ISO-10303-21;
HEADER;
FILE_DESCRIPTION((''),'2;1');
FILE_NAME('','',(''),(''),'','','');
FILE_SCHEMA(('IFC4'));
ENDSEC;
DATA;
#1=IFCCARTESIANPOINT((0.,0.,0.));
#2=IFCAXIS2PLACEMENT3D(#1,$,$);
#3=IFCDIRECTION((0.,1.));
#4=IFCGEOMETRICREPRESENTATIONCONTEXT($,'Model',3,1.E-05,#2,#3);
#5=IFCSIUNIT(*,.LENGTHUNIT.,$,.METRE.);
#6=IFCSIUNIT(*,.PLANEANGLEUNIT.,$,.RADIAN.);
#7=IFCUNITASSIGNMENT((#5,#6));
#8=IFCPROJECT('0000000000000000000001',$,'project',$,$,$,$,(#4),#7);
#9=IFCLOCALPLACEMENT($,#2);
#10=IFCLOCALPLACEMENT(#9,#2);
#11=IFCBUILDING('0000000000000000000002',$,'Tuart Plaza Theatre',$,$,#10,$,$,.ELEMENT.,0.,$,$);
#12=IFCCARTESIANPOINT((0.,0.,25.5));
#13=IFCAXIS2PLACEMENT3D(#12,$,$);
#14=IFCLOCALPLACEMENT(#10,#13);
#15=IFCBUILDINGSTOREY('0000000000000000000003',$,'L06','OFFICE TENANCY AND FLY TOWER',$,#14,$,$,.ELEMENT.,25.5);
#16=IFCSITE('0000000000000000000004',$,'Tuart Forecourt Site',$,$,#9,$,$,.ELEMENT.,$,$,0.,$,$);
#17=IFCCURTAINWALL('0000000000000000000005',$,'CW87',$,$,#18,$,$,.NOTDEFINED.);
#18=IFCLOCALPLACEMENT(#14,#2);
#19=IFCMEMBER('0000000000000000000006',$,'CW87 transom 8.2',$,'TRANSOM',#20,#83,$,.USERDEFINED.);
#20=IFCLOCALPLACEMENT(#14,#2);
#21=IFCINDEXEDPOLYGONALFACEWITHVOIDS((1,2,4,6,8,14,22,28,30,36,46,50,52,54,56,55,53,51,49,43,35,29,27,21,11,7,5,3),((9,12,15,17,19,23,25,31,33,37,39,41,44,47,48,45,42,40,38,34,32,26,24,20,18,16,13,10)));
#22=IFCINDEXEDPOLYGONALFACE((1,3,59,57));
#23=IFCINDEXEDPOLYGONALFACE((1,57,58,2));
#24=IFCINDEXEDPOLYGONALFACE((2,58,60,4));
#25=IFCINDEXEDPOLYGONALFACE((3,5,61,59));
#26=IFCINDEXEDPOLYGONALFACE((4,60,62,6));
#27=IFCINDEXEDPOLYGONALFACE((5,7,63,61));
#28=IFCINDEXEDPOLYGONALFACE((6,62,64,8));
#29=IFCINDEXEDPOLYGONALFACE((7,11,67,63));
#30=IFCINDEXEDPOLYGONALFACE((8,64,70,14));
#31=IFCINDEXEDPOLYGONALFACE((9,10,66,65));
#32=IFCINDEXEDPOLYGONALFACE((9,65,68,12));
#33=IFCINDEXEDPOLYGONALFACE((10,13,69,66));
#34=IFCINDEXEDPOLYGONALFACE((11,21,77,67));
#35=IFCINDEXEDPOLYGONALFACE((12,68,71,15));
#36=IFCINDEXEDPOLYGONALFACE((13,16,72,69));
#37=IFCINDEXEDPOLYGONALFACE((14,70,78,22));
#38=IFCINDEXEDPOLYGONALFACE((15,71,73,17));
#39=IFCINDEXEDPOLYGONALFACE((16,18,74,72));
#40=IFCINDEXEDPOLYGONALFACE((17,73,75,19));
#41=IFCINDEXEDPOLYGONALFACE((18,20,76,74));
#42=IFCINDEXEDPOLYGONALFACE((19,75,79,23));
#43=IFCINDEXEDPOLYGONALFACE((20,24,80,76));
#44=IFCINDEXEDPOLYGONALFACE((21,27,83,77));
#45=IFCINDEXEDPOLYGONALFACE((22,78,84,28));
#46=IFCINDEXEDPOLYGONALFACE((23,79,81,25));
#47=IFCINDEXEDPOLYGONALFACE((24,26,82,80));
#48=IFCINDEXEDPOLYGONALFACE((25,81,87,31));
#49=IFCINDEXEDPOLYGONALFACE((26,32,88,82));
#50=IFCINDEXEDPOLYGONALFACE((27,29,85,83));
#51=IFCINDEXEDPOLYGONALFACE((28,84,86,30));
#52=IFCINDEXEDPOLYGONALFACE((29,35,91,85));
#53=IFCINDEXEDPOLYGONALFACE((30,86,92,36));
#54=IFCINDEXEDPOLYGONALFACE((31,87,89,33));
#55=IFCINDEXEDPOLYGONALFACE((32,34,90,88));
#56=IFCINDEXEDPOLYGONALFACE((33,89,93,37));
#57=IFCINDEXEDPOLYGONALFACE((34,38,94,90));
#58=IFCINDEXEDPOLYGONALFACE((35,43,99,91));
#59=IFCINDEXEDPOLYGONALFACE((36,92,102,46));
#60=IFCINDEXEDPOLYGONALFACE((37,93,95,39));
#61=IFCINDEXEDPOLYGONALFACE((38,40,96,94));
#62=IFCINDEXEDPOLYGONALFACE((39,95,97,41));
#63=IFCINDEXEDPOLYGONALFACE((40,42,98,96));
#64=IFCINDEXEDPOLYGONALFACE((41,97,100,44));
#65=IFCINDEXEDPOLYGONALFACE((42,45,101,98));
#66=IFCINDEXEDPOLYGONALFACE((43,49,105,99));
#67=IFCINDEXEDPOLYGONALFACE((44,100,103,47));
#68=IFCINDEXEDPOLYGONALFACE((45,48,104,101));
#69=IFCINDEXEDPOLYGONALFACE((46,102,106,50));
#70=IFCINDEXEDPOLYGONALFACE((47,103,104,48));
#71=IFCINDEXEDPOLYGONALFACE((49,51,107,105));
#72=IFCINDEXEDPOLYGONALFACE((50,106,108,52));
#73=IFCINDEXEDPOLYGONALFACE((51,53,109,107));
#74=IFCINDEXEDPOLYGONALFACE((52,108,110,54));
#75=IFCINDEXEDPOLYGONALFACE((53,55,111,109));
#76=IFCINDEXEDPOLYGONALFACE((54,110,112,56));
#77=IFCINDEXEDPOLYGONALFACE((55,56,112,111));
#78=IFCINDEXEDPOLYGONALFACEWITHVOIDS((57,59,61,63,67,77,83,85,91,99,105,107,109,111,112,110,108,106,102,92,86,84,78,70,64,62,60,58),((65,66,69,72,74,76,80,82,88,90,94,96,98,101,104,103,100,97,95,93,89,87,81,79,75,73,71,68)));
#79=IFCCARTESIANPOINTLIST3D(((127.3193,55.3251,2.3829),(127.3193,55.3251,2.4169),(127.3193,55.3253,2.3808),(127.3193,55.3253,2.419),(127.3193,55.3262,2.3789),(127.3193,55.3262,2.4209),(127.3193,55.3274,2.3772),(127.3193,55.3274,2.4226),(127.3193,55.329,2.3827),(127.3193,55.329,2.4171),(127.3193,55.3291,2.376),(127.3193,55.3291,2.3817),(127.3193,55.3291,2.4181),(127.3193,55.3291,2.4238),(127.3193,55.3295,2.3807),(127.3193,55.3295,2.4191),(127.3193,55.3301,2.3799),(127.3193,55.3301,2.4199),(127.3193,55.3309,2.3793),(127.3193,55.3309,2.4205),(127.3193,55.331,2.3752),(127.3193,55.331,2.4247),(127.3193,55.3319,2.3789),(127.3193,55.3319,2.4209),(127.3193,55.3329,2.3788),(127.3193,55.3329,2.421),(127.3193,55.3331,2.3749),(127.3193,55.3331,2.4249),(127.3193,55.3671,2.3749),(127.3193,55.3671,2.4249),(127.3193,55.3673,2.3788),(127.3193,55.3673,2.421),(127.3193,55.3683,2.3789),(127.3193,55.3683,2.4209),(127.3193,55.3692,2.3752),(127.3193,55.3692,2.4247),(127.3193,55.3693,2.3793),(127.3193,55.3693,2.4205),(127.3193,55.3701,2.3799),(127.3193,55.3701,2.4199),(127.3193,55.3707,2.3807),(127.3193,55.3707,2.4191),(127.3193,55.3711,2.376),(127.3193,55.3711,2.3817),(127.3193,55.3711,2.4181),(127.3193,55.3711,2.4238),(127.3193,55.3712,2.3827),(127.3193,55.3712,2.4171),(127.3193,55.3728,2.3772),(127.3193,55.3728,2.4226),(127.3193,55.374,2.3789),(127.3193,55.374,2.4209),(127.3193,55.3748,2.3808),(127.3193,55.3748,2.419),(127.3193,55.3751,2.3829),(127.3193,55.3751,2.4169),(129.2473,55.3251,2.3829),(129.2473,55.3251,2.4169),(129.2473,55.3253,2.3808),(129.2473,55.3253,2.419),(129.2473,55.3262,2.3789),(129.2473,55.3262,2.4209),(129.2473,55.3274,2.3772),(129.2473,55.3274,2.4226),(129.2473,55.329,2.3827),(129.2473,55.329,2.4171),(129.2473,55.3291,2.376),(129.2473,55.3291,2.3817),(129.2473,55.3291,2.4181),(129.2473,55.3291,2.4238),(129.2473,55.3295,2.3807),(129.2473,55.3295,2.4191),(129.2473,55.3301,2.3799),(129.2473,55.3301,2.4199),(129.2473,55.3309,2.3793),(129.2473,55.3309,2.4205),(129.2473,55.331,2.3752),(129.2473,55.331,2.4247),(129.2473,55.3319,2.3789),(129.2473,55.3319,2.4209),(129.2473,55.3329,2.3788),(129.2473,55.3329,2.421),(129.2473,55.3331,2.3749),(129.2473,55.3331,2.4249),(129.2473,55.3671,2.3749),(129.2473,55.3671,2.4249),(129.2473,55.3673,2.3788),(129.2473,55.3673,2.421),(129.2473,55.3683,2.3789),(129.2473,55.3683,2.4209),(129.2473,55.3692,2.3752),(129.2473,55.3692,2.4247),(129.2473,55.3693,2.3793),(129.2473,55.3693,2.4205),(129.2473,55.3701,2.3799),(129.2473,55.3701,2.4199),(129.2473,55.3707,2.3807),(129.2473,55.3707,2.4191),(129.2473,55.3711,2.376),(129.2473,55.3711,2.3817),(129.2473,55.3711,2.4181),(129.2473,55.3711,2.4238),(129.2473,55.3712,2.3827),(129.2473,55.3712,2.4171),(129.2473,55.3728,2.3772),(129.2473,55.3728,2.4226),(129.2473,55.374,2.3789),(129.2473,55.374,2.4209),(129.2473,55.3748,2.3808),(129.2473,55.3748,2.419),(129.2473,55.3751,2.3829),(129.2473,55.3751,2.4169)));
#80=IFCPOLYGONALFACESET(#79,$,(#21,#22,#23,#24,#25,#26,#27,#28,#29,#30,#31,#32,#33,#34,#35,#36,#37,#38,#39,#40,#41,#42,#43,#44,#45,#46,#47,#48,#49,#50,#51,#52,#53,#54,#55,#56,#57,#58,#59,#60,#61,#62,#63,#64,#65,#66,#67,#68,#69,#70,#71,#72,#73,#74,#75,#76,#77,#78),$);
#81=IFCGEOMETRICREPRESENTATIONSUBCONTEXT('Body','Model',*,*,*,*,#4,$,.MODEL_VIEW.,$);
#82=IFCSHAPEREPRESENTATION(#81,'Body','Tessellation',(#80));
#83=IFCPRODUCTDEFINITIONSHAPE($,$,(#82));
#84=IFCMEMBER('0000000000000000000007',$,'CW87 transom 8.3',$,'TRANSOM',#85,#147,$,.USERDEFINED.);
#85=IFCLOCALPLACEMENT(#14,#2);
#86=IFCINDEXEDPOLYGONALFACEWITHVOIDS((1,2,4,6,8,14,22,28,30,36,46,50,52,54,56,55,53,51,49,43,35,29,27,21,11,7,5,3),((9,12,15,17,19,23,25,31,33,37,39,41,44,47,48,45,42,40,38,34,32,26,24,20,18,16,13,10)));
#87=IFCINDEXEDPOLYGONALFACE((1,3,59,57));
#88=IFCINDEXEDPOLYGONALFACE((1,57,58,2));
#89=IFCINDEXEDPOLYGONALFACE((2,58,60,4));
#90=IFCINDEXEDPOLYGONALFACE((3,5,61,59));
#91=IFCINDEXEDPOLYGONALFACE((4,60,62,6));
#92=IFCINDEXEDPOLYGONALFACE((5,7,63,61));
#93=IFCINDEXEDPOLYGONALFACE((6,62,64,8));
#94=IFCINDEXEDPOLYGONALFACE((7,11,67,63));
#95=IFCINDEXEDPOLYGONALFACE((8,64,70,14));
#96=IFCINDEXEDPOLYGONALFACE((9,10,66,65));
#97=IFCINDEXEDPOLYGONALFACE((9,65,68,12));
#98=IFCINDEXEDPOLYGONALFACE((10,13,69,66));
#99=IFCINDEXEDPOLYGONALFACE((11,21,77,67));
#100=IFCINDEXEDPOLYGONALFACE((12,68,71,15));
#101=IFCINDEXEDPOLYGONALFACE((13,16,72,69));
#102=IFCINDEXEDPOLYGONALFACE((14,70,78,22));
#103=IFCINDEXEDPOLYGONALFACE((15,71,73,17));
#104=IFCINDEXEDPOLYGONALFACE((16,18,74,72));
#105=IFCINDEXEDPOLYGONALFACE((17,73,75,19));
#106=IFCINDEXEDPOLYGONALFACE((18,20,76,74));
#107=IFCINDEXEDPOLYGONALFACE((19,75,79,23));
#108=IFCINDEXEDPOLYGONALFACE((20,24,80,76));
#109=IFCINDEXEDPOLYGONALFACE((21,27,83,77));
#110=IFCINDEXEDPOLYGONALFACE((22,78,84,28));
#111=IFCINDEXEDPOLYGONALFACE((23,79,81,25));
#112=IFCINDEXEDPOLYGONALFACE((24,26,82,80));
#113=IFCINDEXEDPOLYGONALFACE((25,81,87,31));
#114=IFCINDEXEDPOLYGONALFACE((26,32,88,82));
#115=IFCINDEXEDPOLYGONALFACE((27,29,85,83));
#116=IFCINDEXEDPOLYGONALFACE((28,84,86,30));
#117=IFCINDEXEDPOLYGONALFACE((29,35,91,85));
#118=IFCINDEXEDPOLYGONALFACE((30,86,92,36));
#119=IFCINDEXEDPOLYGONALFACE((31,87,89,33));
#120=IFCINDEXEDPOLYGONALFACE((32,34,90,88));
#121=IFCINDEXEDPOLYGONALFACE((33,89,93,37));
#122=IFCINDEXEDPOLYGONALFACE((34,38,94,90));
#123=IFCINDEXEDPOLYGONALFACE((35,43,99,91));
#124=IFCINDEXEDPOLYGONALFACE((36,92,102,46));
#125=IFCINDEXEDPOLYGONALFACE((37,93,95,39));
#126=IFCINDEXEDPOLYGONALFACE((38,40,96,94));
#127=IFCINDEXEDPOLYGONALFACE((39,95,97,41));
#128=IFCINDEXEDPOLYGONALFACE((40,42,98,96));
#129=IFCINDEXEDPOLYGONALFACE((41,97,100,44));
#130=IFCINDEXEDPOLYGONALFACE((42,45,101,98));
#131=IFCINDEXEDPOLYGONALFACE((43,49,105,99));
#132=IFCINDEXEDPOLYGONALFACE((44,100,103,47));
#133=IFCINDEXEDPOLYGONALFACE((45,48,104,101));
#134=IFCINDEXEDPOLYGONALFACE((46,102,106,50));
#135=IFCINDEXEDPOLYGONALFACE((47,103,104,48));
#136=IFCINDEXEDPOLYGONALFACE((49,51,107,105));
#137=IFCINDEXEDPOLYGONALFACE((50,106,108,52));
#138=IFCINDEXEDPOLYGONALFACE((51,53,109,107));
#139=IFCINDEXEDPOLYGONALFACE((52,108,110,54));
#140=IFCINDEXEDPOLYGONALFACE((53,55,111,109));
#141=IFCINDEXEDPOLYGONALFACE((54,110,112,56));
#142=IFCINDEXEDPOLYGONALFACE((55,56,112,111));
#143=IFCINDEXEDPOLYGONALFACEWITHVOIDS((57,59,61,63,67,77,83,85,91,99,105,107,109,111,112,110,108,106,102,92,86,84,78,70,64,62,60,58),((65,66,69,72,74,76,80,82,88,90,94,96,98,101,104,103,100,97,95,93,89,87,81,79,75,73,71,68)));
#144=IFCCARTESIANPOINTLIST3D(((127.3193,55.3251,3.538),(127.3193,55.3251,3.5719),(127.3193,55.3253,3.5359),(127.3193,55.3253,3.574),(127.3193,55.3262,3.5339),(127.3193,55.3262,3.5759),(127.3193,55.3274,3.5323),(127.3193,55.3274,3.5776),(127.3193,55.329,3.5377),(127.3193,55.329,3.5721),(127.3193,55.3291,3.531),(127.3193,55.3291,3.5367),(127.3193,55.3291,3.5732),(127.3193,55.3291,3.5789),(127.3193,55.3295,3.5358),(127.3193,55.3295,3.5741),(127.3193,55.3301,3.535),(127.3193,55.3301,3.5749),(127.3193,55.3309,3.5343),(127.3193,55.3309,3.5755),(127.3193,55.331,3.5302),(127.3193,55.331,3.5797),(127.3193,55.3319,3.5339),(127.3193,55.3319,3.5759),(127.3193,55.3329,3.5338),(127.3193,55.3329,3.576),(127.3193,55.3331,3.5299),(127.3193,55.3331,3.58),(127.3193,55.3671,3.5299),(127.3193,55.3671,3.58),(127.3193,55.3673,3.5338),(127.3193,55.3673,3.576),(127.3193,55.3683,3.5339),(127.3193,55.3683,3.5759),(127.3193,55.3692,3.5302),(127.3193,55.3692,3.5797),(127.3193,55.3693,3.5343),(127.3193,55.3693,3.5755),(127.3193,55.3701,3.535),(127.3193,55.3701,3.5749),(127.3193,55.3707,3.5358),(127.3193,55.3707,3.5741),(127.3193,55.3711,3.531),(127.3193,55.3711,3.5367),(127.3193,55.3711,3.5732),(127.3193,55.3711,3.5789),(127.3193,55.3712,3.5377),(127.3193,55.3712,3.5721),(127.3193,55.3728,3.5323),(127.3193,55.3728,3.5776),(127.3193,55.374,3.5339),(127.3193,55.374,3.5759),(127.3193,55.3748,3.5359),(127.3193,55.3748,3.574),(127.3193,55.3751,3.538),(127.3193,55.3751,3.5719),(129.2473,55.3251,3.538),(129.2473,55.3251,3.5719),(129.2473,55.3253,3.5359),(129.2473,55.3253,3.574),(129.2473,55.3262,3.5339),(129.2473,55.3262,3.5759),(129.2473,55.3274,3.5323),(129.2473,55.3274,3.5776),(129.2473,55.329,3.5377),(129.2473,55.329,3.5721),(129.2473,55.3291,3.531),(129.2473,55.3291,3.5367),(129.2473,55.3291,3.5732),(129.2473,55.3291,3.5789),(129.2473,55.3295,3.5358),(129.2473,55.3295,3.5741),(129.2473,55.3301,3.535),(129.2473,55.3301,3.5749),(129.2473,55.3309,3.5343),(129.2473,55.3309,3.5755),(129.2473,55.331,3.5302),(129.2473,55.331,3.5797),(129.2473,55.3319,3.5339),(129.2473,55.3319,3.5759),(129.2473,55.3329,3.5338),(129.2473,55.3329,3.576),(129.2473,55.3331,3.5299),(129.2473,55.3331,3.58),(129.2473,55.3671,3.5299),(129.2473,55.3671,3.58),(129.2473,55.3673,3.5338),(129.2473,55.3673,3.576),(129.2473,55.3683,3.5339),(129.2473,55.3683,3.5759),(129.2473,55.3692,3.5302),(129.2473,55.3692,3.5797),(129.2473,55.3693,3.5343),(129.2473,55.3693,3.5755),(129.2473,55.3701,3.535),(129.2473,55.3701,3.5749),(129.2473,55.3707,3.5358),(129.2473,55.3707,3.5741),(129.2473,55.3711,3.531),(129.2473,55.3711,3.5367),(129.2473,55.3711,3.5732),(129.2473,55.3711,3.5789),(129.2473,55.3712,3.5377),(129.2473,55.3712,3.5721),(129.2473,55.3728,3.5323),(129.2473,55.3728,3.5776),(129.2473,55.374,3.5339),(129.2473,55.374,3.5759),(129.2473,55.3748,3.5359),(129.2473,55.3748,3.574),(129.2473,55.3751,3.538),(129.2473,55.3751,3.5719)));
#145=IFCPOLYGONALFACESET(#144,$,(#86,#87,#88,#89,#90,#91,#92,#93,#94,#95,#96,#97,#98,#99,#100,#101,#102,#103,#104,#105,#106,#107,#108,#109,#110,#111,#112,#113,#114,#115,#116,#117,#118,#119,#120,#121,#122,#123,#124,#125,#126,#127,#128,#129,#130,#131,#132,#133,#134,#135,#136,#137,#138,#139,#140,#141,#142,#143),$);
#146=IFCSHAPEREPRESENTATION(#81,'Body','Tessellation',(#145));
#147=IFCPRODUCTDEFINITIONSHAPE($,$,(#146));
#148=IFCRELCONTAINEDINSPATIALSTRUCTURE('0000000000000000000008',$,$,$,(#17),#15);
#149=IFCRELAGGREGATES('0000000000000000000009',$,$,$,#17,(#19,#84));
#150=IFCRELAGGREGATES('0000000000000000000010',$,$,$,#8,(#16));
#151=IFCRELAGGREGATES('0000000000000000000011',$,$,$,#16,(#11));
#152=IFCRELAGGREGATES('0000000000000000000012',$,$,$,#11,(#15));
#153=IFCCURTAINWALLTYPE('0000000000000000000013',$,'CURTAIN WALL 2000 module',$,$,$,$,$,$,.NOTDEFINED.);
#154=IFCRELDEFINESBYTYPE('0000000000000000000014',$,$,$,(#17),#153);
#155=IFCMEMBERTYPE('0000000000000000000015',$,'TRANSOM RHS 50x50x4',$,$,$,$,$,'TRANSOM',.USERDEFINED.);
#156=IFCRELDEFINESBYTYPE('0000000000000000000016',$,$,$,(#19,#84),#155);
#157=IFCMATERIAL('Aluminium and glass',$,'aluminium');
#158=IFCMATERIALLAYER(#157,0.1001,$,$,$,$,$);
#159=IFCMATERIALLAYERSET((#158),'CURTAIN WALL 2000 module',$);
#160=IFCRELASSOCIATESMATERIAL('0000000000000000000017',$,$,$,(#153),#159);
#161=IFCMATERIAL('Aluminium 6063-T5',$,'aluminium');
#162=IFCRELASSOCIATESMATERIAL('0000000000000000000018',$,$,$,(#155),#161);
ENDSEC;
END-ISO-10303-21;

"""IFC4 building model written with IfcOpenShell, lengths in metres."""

from ifc_helpers import new_model, si_unit, direction, frame, origin, origin_2d, place, context, subcontext, project, spatial, hollow_rectangle, extrude, material, layer, layer_set, material_profile, profile_set, type_object, element, aggregate, save


model = new_model("IFC4")

# Units and contexts
model_context = context("Model", 3, precision=1e-05, world=origin(), true_north=direction((0.0, 1.0)))
body_context = subcontext(model_context, "Body", "Model", "MODEL_VIEW")
ifc_project = project(units=[si_unit("LENGTHUNIT", "METRE"), si_unit("PLANEANGLEUNIT", "RADIAN")], contexts=[model_context])

# Site, building, storey
site_placement = place(None, origin())
site = spatial("IfcSite", under=ifc_project, at=site_placement, Name="Tuart Forecourt Site", CompositionType="ELEMENT", RefElevation=0.0)
building_placement = place(site_placement, origin())
building = spatial("IfcBuilding", under=site, at=building_placement, Name="Tuart Plaza Theatre", CompositionType="ELEMENT", ElevationOfRefHeight=0.0)
storey_placement = place(building_placement, frame((0.0, 0.0, 25.5)))
storey = spatial("IfcBuildingStorey", under=building, at=storey_placement, Name="L06", Description="OFFICE TENANCY AND FLY TOWER", CompositionType="ELEMENT", Elevation=25.5)

# Shared definitions
ifc_material_1 = material(Name="Aluminium and glass", Category="aluminium")
ifc_layer_1 = layer(ifc_material_1, 0.1001)
ifc_layer_set_1 = layer_set([ifc_layer_1], Name="CURTAIN WALL 2000 module")
curtain_wall_type = type_object("IfcCurtainWallType", Name="CURTAIN WALL 2000 module", PredefinedType="NOTDEFINED", material=ifc_layer_set_1)

# Curtain wall
curtain_wall_1_placement = place(storey_placement, origin())
curtain_wall_1 = element("IfcCurtainWall", 1, at=curtain_wall_1_placement, inside=storey, type_object=curtain_wall_type, Name="CW87", PredefinedType="NOTDEFINED")

# Members
ifc_material_2 = material(Name="Aluminium 6063-T5", Category="aluminium")
ifc_material_profile_1 = material_profile(ifc_material_2, hollow_rectangle(XDim=0.05, YDim=0.05, WallThickness=0.0039, InnerFilletRadius=0.0039, OuterFilletRadius=0.0081, at=origin_2d()), Name="RHS 50x50x4")
ifc_profile_set_1 = profile_set([ifc_material_profile_1], Name="Aluminium 6063-T5")
member_type_1 = type_object("IfcMemberType", Name="TRANSOM RHS 50x50x4", ElementType="TRANSOM", PredefinedType="USERDEFINED", material=ifc_profile_set_1)
member_1_placement = place(storey_placement, frame((127.3193, 55.3501, 2.3999), z_axis=(1.0, 0.0, 0.0), x_axis=(0.0, 1.0, 0.0)))
member_1 = element("IfcMember", 2, at=member_1_placement, type_object=member_type_1, Name="CW87 transom 8.2", ObjectType="TRANSOM", PredefinedType="USERDEFINED", context=body_context, shape_type="SweptSolid", body=[
    extrude(hollow_rectangle(XDim=0.05, YDim=0.05, WallThickness=0.0039, InnerFilletRadius=0.0039, OuterFilletRadius=0.0081, at=origin_2d()), origin(), (0.0, 0.0, 1.0), 1.928),
])
member_2_placement = place(storey_placement, frame((127.3193, 55.3501, 3.5549), z_axis=(1.0, 0.0, 0.0), x_axis=(0.0, 1.0, 0.0)))
member_2 = element("IfcMember", 3, at=member_2_placement, type_object=member_type_1, Name="CW87 transom 8.3", ObjectType="TRANSOM", PredefinedType="USERDEFINED", context=body_context, shape_type="SweptSolid", body=[
    extrude(hollow_rectangle(XDim=0.05, YDim=0.05, WallThickness=0.0039, InnerFilletRadius=0.0039, OuterFilletRadius=0.0081, at=origin_2d()), origin(), (0.0, 0.0, 1.0), 1.928),
])

aggregate(curtain_wall_1, [member_1, member_2])

save(model, "model.ifc")
